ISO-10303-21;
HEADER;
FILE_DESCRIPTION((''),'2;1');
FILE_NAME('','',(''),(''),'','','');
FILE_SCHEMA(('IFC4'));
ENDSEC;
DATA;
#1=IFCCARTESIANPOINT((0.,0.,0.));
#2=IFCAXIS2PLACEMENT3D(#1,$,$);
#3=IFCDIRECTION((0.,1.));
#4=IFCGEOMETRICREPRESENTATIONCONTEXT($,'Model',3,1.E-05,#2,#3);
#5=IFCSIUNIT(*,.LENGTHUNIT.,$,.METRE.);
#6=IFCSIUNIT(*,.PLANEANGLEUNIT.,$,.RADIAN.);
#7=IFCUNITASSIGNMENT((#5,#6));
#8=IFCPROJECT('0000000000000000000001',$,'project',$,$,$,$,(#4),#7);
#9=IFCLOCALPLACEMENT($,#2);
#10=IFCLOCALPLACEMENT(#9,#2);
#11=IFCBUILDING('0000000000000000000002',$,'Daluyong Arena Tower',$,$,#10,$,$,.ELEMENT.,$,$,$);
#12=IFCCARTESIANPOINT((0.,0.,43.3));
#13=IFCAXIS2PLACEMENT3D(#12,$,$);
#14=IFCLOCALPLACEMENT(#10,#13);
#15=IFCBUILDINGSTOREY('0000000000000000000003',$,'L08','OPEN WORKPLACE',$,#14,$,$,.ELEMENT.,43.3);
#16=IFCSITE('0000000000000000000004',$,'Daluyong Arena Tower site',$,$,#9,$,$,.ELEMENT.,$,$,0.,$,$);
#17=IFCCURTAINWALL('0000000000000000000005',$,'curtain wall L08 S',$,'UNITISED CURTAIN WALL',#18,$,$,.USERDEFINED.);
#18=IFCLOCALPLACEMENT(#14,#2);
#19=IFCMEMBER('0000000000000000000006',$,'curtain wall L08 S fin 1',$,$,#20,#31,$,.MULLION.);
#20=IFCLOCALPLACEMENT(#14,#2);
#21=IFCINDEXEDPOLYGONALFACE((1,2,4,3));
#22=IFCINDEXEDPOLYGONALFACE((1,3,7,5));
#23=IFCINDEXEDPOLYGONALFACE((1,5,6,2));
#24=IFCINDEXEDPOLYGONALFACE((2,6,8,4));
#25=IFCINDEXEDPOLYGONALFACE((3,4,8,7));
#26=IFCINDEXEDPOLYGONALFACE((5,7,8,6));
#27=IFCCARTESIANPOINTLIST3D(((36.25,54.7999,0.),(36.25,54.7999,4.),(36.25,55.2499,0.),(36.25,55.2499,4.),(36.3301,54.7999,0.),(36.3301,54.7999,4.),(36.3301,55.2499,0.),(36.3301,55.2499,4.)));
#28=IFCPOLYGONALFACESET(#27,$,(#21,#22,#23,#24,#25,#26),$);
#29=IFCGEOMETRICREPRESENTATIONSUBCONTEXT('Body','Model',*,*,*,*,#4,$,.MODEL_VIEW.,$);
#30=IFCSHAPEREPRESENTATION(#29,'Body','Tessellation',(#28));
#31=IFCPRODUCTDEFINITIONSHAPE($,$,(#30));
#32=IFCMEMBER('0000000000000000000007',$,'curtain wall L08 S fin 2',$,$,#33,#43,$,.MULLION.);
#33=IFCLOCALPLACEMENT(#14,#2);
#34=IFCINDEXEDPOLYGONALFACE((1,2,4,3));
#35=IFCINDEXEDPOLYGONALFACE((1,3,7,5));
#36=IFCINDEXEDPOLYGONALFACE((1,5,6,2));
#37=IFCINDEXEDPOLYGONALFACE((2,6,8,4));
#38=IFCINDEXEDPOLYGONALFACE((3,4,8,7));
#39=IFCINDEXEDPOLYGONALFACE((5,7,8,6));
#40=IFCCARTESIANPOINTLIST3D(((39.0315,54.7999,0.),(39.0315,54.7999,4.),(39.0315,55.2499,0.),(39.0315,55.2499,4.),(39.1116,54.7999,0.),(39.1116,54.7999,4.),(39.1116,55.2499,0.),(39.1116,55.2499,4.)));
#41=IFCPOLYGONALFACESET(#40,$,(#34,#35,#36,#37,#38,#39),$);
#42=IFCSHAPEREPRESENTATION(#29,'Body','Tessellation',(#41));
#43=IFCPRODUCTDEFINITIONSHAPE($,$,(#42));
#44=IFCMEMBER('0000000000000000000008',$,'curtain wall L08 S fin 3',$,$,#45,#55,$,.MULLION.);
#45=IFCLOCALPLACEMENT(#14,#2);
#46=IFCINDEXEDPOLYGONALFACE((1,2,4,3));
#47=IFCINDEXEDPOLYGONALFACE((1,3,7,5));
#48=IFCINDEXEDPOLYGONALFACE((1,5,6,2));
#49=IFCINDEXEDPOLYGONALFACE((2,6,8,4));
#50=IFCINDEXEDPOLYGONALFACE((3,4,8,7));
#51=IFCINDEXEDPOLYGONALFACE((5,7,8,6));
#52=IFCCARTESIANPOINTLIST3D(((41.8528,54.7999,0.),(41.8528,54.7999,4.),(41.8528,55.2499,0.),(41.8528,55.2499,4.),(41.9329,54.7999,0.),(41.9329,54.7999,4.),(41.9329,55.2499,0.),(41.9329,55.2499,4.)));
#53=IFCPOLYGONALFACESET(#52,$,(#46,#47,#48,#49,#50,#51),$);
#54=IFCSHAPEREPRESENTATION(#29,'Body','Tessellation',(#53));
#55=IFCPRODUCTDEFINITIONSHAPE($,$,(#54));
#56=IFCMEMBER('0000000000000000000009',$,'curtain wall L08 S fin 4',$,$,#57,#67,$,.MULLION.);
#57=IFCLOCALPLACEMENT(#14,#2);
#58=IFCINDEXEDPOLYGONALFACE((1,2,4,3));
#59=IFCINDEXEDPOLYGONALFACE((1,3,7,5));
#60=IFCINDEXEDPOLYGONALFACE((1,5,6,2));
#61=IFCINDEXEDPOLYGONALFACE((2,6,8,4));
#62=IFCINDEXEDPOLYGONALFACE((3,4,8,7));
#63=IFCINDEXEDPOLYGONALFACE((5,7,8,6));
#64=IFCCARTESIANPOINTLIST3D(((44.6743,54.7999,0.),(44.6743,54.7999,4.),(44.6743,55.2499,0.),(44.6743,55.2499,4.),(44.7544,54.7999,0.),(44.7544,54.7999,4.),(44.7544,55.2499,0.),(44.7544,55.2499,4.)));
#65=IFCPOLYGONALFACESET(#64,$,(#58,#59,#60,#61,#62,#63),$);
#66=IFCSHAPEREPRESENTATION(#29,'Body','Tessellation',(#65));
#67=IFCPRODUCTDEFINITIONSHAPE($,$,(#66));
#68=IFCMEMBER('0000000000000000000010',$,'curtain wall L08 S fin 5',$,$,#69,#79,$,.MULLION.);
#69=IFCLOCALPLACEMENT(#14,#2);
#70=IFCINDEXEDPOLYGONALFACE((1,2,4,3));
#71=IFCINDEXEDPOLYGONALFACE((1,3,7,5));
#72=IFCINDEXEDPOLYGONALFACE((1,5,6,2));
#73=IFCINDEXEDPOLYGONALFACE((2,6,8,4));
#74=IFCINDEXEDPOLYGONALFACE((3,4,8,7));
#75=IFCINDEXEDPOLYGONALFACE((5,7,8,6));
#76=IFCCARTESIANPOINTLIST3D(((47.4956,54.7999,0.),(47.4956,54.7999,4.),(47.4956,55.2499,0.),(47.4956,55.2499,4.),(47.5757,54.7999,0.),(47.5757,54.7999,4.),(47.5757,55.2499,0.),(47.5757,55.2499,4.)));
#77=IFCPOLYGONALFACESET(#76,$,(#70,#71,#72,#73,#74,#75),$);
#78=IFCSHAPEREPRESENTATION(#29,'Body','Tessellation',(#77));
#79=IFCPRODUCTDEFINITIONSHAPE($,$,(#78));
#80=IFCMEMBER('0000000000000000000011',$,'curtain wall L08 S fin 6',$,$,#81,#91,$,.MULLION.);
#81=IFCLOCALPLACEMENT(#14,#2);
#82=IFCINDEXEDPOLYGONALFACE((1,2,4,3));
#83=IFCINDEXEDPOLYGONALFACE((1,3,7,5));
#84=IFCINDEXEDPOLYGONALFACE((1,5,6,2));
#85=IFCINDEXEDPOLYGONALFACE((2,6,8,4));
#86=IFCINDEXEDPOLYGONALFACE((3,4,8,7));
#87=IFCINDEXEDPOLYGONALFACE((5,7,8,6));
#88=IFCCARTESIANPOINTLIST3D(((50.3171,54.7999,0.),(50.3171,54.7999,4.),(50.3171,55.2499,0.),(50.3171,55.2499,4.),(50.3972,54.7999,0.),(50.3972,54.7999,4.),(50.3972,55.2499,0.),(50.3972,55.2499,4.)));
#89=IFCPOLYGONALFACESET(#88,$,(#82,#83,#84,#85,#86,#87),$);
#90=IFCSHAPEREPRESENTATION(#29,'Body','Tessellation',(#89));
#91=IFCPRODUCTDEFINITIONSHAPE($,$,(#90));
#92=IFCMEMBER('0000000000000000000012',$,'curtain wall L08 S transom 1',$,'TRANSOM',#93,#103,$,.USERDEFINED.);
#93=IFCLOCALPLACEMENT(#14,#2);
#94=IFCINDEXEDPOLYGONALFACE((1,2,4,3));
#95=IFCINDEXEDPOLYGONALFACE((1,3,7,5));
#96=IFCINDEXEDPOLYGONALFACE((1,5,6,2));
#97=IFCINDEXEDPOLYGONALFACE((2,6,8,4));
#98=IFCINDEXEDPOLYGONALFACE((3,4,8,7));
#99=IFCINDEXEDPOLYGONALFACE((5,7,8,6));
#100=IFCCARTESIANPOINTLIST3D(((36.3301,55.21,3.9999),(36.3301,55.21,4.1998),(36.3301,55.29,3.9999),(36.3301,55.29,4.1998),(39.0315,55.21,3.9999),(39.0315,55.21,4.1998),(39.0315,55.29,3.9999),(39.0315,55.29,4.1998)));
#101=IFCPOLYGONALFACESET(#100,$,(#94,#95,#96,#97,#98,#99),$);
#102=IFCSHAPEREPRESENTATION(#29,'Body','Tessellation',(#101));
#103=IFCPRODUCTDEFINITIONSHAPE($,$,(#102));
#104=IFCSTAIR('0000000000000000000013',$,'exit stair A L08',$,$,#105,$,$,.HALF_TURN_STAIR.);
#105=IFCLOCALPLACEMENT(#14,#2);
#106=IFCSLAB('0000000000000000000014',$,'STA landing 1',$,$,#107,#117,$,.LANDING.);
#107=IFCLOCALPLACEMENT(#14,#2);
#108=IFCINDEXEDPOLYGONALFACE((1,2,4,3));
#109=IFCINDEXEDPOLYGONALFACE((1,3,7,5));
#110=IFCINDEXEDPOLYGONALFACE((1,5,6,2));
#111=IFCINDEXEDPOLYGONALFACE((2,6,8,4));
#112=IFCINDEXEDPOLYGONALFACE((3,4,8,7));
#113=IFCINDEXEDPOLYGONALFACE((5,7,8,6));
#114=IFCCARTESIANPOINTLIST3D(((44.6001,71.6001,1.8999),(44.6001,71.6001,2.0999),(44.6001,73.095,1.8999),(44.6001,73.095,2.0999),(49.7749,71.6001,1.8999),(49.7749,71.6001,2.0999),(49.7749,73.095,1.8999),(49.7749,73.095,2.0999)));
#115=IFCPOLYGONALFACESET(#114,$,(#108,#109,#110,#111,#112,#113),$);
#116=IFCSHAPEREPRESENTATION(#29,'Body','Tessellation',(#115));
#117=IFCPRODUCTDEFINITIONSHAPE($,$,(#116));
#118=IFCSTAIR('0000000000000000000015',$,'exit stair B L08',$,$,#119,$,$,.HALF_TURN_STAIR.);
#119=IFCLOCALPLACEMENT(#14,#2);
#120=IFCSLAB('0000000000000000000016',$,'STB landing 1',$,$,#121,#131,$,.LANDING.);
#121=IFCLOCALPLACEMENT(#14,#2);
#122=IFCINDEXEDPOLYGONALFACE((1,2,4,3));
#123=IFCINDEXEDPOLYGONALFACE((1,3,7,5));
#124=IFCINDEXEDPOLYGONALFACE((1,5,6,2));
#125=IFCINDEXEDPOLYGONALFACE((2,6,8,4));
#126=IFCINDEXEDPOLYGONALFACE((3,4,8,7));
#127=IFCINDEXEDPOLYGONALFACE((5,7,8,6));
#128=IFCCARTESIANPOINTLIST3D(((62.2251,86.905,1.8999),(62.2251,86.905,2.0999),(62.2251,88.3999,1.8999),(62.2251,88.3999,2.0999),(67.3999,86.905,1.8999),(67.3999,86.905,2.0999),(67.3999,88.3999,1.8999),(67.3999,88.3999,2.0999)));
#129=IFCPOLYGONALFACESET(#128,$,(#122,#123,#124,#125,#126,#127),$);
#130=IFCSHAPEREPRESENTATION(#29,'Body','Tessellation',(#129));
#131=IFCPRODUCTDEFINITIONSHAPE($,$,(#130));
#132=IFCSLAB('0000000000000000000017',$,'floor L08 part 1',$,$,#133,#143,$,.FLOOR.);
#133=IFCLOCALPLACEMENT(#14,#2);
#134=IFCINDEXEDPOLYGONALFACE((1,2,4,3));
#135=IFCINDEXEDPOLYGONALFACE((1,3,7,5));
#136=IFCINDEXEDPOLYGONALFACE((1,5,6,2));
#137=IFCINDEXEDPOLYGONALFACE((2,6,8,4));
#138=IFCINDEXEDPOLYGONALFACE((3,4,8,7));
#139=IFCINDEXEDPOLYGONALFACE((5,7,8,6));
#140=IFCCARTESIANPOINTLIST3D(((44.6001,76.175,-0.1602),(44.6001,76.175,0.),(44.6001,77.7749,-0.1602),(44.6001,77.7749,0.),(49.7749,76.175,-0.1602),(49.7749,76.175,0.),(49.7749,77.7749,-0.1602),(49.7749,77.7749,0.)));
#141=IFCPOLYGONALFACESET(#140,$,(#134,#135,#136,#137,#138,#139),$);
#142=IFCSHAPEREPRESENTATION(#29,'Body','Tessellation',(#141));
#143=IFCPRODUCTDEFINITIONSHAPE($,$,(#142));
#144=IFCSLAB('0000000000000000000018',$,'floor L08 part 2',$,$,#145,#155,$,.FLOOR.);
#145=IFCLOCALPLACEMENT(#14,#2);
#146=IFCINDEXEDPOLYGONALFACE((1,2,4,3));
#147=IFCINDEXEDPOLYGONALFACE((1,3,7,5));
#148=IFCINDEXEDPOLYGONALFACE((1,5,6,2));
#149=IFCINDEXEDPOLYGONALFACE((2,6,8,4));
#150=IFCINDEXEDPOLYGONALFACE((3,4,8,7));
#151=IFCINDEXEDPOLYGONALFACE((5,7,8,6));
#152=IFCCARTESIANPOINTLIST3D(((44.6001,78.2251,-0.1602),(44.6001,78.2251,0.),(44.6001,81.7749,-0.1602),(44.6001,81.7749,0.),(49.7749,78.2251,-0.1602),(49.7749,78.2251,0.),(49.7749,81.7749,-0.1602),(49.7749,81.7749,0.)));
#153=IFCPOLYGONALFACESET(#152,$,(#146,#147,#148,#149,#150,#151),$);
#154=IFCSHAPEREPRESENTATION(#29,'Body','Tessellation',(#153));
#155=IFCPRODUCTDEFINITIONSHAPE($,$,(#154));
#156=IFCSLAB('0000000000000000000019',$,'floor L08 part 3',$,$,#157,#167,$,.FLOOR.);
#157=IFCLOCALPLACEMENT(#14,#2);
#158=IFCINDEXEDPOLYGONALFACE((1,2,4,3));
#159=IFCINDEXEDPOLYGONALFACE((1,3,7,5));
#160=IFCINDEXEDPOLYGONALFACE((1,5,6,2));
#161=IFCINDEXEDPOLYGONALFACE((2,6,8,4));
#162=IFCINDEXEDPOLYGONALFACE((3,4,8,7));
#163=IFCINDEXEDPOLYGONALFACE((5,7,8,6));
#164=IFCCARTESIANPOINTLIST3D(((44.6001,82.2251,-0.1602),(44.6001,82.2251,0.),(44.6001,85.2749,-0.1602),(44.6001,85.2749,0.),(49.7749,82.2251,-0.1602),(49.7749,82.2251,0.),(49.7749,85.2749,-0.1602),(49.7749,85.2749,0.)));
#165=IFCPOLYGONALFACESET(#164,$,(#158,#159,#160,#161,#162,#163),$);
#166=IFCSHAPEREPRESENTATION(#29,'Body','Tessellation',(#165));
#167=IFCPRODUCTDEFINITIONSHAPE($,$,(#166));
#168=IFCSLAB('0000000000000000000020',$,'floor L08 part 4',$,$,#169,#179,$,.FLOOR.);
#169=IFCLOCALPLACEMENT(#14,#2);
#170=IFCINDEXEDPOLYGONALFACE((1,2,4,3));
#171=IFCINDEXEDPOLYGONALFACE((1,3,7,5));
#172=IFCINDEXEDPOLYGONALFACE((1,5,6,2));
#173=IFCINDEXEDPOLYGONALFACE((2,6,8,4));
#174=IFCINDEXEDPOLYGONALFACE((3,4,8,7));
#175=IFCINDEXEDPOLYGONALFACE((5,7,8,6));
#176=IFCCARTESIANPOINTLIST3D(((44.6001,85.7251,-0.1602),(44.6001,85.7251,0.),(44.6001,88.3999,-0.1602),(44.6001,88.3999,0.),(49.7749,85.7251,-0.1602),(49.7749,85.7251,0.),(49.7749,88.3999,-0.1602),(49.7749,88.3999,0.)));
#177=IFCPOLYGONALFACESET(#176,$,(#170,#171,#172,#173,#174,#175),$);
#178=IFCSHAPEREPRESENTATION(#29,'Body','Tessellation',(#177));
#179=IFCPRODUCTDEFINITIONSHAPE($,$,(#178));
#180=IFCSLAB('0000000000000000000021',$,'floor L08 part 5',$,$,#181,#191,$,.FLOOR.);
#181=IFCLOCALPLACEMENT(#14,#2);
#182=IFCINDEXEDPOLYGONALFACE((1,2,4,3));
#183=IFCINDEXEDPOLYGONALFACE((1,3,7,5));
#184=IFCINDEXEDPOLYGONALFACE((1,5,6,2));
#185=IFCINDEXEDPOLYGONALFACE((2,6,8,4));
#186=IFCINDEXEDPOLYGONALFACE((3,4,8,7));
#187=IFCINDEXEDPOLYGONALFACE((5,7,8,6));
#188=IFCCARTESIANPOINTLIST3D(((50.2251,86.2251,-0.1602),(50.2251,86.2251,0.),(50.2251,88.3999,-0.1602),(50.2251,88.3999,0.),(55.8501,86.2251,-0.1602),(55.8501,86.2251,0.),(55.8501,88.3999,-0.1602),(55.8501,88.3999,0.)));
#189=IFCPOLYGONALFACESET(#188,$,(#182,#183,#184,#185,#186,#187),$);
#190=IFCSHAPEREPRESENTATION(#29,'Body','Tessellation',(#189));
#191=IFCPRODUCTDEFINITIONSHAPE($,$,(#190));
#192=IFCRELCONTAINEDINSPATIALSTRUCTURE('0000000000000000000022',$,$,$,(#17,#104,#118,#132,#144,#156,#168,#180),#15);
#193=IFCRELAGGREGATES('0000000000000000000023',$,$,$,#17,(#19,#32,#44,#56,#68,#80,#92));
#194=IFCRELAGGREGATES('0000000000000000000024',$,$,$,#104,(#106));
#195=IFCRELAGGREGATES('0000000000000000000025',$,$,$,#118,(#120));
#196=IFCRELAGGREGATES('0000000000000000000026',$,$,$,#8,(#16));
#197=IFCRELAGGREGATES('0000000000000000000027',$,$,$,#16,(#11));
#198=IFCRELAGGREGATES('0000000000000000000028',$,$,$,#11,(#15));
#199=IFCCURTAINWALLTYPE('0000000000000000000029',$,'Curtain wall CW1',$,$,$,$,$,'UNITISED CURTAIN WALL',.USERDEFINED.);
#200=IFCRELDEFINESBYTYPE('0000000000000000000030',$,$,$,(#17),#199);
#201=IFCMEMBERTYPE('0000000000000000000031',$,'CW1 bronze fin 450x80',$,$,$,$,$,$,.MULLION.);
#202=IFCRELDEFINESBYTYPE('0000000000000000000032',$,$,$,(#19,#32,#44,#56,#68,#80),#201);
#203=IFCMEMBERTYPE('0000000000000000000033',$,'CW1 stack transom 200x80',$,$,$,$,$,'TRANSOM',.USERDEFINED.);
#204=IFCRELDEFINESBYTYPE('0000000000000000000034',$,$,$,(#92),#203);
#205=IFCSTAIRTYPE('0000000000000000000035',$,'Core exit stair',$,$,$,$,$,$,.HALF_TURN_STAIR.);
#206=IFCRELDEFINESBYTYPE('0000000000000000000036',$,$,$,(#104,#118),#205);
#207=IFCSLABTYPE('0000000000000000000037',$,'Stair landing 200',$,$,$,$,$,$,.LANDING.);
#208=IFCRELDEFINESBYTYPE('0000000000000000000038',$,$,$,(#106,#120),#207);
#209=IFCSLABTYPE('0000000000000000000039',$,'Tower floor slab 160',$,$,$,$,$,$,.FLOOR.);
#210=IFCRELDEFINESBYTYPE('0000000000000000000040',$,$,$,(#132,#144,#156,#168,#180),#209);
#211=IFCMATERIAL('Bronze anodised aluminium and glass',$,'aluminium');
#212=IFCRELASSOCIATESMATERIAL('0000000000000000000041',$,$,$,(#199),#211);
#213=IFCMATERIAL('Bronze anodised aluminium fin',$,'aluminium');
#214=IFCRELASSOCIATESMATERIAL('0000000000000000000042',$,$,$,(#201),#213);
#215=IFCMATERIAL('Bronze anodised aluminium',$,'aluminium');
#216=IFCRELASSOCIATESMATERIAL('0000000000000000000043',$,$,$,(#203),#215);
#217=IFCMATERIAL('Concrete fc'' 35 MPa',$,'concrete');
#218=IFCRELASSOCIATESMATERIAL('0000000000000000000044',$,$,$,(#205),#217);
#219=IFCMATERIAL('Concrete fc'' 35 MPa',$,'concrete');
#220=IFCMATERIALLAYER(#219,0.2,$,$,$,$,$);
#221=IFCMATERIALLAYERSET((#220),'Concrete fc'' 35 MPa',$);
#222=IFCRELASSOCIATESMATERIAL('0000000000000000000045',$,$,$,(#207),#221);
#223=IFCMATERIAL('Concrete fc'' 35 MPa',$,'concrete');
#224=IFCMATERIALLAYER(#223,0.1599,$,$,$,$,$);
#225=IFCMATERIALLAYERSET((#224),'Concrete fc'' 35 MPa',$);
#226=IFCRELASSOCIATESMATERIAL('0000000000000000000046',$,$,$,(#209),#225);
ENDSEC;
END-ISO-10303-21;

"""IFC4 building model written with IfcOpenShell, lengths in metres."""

from ifc_helpers import new_model, si_unit, direction, frame, origin, origin_2d, place, context, subcontext, project, spatial, polyline, rectangle, outline, extrude, material, layer, layer_set, material_profile, profile_set, type_object, element, aggregate, save


model = new_model("IFC4")

# Units and contexts
model_context = context("Model", 3, precision=1e-05, world=origin(), true_north=direction((0.0, 1.0)))
body_context = subcontext(model_context, "Body", "Model", "MODEL_VIEW")
ifc_project = project(units=[si_unit("LENGTHUNIT", "METRE"), si_unit("PLANEANGLEUNIT", "RADIAN")], contexts=[model_context])

# Site, building, storey
site_placement = place(None, origin())
site = spatial("IfcSite", under=ifc_project, at=site_placement, Name="Daluyong Arena Tower site", CompositionType="ELEMENT", RefElevation=0.0)
building_placement = place(site_placement, origin())
building = spatial("IfcBuilding", under=site, at=building_placement, Name="Daluyong Arena Tower", CompositionType="ELEMENT")
storey_placement = place(building_placement, frame((0.0, 0.0, 43.3)))
storey = spatial("IfcBuildingStorey", under=building, at=storey_placement, Name="L08", Description="OPEN WORKPLACE", CompositionType="ELEMENT", Elevation=43.3)

# Curtain wall, members
ifc_material_1 = material(Name="Bronze anodised aluminium and glass", Category="aluminium")
curtain_wall_type = type_object("IfcCurtainWallType", Name="Curtain wall CW1", ElementType="UNITISED CURTAIN WALL", PredefinedType="USERDEFINED", material=ifc_material_1)
curtain_wall_placement = place(storey_placement, origin())
curtain_wall = element("IfcCurtainWall", 1, at=curtain_wall_placement, inside=storey, type_object=curtain_wall_type, Name="curtain wall L08 S", ObjectType="UNITISED CURTAIN WALL", PredefinedType="USERDEFINED")
ifc_material_2 = material(Name="Bronze anodised aluminium fin", Category="aluminium")
ifc_material_profile_1 = material_profile(ifc_material_2, rectangle(XDim=0.45, YDim=0.0801, at=origin_2d()))
ifc_profile_set_1 = profile_set([ifc_material_profile_1], Name="Bronze anodised aluminium fin")
member_type_1 = type_object("IfcMemberType", Name="CW1 bronze fin 450x80", PredefinedType="MULLION", material=ifc_profile_set_1)
member_1_placement = place(storey_placement, frame((36.29, 55.0249, 0.0), z_axis=(0.0, 0.0, 1.0), x_axis=(0.0, 1.0, 0.0)))
member_1 = element("IfcMember", 2, at=member_1_placement, type_object=member_type_1, Name="curtain wall L08 S fin 1", PredefinedType="MULLION", context=body_context, shape_type="SweptSolid", body=[
    extrude(rectangle(XDim=0.45, YDim=0.0801, at=origin_2d()), origin(), (0.0, 0.0, 1.0), 4.0),
])
member_2_placement = place(storey_placement, frame((39.0715, 55.0249, 0.0), z_axis=(0.0, 0.0, 1.0), x_axis=(0.0, 1.0, 0.0)))
member_2 = element("IfcMember", 3, at=member_2_placement, type_object=member_type_1, Name="curtain wall L08 S fin 2", PredefinedType="MULLION", context=body_context, shape_type="SweptSolid", body=[
    extrude(rectangle(XDim=0.45, YDim=0.0801, at=origin_2d()), origin(), (0.0, 0.0, 1.0), 4.0),
])
member_3_placement = place(storey_placement, frame((41.8928, 55.0249, 0.0), z_axis=(0.0, 0.0, 1.0), x_axis=(0.0, 1.0, 0.0)))
member_3 = element("IfcMember", 4, at=member_3_placement, type_object=member_type_1, Name="curtain wall L08 S fin 3", PredefinedType="MULLION", context=body_context, shape_type="SweptSolid", body=[
    extrude(rectangle(XDim=0.45, YDim=0.0801, at=origin_2d()), origin(), (0.0, 0.0, 1.0), 4.0),
])
member_4_placement = place(storey_placement, frame((44.7144, 55.0249, 0.0), z_axis=(0.0, 0.0, 1.0), x_axis=(0.0, 1.0, 0.0)))
member_4 = element("IfcMember", 5, at=member_4_placement, type_object=member_type_1, Name="curtain wall L08 S fin 4", PredefinedType="MULLION", context=body_context, shape_type="SweptSolid", body=[
    extrude(rectangle(XDim=0.45, YDim=0.0801, at=origin_2d()), origin(), (0.0, 0.0, 1.0), 4.0),
])
member_5_placement = place(storey_placement, frame((47.5356, 55.0249, 0.0), z_axis=(0.0, 0.0, 1.0), x_axis=(0.0, 1.0, 0.0)))
member_5 = element("IfcMember", 6, at=member_5_placement, type_object=member_type_1, Name="curtain wall L08 S fin 5", PredefinedType="MULLION", context=body_context, shape_type="SweptSolid", body=[
    extrude(rectangle(XDim=0.45, YDim=0.0801, at=origin_2d()), origin(), (0.0, 0.0, 1.0), 4.0),
])
member_6_placement = place(storey_placement, frame((50.3572, 55.0249, 0.0), z_axis=(0.0, 0.0, 1.0), x_axis=(0.0, 1.0, 0.0)))
member_6 = element("IfcMember", 7, at=member_6_placement, type_object=member_type_1, Name="curtain wall L08 S fin 6", PredefinedType="MULLION", context=body_context, shape_type="SweptSolid", body=[
    extrude(rectangle(XDim=0.45, YDim=0.0801, at=origin_2d()), origin(), (0.0, 0.0, 1.0), 4.0),
])
ifc_material_3 = material(Name="Bronze anodised aluminium", Category="aluminium")
ifc_material_profile_2 = material_profile(ifc_material_3, rectangle(XDim=0.0801, YDim=0.2, at=origin_2d()))
ifc_profile_set_2 = profile_set([ifc_material_profile_2], Name="Bronze anodised aluminium")
member_type_2 = type_object("IfcMemberType", Name="CW1 stack transom 200x80", ElementType="TRANSOM", PredefinedType="USERDEFINED", material=ifc_profile_set_2)
member_7_placement = place(storey_placement, frame((36.3301, 55.25, 4.0999), z_axis=(1.0, 0.0, 0.0), x_axis=(0.0, 1.0, 0.0)))
member_7 = element("IfcMember", 8, at=member_7_placement, type_object=member_type_2, Name="curtain wall L08 S transom 1", ObjectType="TRANSOM", PredefinedType="USERDEFINED", context=body_context, shape_type="SweptSolid", body=[
    extrude(rectangle(XDim=0.0801, YDim=0.2, at=origin_2d()), origin(), (0.0, 0.0, 1.0), 2.7014),
])
aggregate(curtain_wall, [member_1, member_2, member_3, member_4, member_5, member_6, member_7])

# Stairs, slabs
ifc_material_4 = material(Name="Concrete fc' 35 MPa", Category="concrete")
stair_type = type_object("IfcStairType", Name="Core exit stair", PredefinedType="HALF_TURN_STAIR", material=ifc_material_4)
stair_1_placement = place(storey_placement, origin())
stair_1 = element("IfcStair", 9, at=stair_1_placement, inside=storey, type_object=stair_type, Name="exit stair A L08", PredefinedType="HALF_TURN_STAIR")
ifc_material_5 = material(Name="Concrete fc' 35 MPa", Category="concrete")
ifc_layer_1 = layer(ifc_material_5, 0.2)
ifc_layer_set_1 = layer_set([ifc_layer_1], Name="Concrete fc' 35 MPa")
slab_type_1 = type_object("IfcSlabType", Name="Stair landing 200", PredefinedType="LANDING", material=ifc_layer_set_1)
slab_1_placement = place(storey_placement, frame((0.0, 0.0, 1.8999)))
slab_1 = element("IfcSlab", 10, at=slab_1_placement, type_object=slab_type_1, Name="STA landing 1", PredefinedType="LANDING", context=body_context, shape_type="SweptSolid", body=[
    extrude(outline(polyline([(44.6001, 71.6001), (49.7749, 71.6001), (49.7749, 73.095), (44.6001, 73.095), (44.6001, 71.6001)])), origin(), (0.0, 0.0, 1.0), 0.2),
])
aggregate(stair_1, [slab_1])
stair_2_placement = place(storey_placement, origin())
stair_2 = element("IfcStair", 11, at=stair_2_placement, inside=storey, type_object=stair_type, Name="exit stair B L08", PredefinedType="HALF_TURN_STAIR")
slab_2_placement = place(storey_placement, frame((0.0, 0.0, 1.8999)))
slab_2 = element("IfcSlab", 12, at=slab_2_placement, type_object=slab_type_1, Name="STB landing 1", PredefinedType="LANDING", context=body_context, shape_type="SweptSolid", body=[
    extrude(outline(polyline([(62.2251, 86.905), (67.3999, 86.905), (67.3999, 88.3999), (62.2251, 88.3999), (62.2251, 86.905)])), origin(), (0.0, 0.0, 1.0), 0.2),
])
aggregate(stair_2, [slab_2])

# Slabs
ifc_material_6 = material(Name="Concrete fc' 35 MPa", Category="concrete")
ifc_layer_2 = layer(ifc_material_6, 0.1599)
ifc_layer_set_2 = layer_set([ifc_layer_2], Name="Concrete fc' 35 MPa")
slab_type_2 = type_object("IfcSlabType", Name="Tower floor slab 160", PredefinedType="FLOOR", material=ifc_layer_set_2)
slab_3_placement = place(storey_placement, frame((0.0, 0.0, -0.1602)))
element("IfcSlab", 13, at=slab_3_placement, inside=storey, type_object=slab_type_2, Name="floor L08 part 1", PredefinedType="FLOOR", context=body_context, shape_type="SweptSolid", body=[
    extrude(outline(polyline([(49.7749, 76.175), (49.7749, 77.7749), (44.6001, 77.7749), (44.6001, 76.175), (49.7749, 76.175)])), origin(), (0.0, 0.0, 1.0), 0.1602),
])
slab_4_placement = place(storey_placement, frame((0.0, 0.0, -0.1602)))
element("IfcSlab", 14, at=slab_4_placement, inside=storey, type_object=slab_type_2, Name="floor L08 part 2", PredefinedType="FLOOR", context=body_context, shape_type="SweptSolid", body=[
    extrude(outline(polyline([(49.7749, 78.2251), (49.7749, 81.7749), (44.6001, 81.7749), (44.6001, 78.2251), (49.7749, 78.2251)])), origin(), (0.0, 0.0, 1.0), 0.1602),
])
slab_5_placement = place(storey_placement, frame((0.0, 0.0, -0.1602)))
element("IfcSlab", 15, at=slab_5_placement, inside=storey, type_object=slab_type_2, Name="floor L08 part 3", PredefinedType="FLOOR", context=body_context, shape_type="SweptSolid", body=[
    extrude(outline(polyline([(49.7749, 82.2251), (49.7749, 85.2749), (44.6001, 85.2749), (44.6001, 82.2251), (49.7749, 82.2251)])), origin(), (0.0, 0.0, 1.0), 0.1602),
])
slab_6_placement = place(storey_placement, frame((0.0, 0.0, -0.1602)))
element("IfcSlab", 16, at=slab_6_placement, inside=storey, type_object=slab_type_2, Name="floor L08 part 4", PredefinedType="FLOOR", context=body_context, shape_type="SweptSolid", body=[
    extrude(outline(polyline([(44.6001, 88.3999), (44.6001, 85.7251), (49.7749, 85.7251), (49.7749, 88.3999), (44.6001, 88.3999)])), origin(), (0.0, 0.0, 1.0), 0.1602),
])
slab_7_placement = place(storey_placement, frame((0.0, 0.0, -0.1602)))
element("IfcSlab", 17, at=slab_7_placement, inside=storey, type_object=slab_type_2, Name="floor L08 part 5", PredefinedType="FLOOR", context=body_context, shape_type="SweptSolid", body=[
    extrude(outline(polyline([(50.2251, 88.3999), (50.2251, 86.2251), (55.8501, 86.2251), (55.8501, 88.3999), (50.2251, 88.3999)])), origin(), (0.0, 0.0, 1.0), 0.1602),
])

save(model, "model.ifc")
